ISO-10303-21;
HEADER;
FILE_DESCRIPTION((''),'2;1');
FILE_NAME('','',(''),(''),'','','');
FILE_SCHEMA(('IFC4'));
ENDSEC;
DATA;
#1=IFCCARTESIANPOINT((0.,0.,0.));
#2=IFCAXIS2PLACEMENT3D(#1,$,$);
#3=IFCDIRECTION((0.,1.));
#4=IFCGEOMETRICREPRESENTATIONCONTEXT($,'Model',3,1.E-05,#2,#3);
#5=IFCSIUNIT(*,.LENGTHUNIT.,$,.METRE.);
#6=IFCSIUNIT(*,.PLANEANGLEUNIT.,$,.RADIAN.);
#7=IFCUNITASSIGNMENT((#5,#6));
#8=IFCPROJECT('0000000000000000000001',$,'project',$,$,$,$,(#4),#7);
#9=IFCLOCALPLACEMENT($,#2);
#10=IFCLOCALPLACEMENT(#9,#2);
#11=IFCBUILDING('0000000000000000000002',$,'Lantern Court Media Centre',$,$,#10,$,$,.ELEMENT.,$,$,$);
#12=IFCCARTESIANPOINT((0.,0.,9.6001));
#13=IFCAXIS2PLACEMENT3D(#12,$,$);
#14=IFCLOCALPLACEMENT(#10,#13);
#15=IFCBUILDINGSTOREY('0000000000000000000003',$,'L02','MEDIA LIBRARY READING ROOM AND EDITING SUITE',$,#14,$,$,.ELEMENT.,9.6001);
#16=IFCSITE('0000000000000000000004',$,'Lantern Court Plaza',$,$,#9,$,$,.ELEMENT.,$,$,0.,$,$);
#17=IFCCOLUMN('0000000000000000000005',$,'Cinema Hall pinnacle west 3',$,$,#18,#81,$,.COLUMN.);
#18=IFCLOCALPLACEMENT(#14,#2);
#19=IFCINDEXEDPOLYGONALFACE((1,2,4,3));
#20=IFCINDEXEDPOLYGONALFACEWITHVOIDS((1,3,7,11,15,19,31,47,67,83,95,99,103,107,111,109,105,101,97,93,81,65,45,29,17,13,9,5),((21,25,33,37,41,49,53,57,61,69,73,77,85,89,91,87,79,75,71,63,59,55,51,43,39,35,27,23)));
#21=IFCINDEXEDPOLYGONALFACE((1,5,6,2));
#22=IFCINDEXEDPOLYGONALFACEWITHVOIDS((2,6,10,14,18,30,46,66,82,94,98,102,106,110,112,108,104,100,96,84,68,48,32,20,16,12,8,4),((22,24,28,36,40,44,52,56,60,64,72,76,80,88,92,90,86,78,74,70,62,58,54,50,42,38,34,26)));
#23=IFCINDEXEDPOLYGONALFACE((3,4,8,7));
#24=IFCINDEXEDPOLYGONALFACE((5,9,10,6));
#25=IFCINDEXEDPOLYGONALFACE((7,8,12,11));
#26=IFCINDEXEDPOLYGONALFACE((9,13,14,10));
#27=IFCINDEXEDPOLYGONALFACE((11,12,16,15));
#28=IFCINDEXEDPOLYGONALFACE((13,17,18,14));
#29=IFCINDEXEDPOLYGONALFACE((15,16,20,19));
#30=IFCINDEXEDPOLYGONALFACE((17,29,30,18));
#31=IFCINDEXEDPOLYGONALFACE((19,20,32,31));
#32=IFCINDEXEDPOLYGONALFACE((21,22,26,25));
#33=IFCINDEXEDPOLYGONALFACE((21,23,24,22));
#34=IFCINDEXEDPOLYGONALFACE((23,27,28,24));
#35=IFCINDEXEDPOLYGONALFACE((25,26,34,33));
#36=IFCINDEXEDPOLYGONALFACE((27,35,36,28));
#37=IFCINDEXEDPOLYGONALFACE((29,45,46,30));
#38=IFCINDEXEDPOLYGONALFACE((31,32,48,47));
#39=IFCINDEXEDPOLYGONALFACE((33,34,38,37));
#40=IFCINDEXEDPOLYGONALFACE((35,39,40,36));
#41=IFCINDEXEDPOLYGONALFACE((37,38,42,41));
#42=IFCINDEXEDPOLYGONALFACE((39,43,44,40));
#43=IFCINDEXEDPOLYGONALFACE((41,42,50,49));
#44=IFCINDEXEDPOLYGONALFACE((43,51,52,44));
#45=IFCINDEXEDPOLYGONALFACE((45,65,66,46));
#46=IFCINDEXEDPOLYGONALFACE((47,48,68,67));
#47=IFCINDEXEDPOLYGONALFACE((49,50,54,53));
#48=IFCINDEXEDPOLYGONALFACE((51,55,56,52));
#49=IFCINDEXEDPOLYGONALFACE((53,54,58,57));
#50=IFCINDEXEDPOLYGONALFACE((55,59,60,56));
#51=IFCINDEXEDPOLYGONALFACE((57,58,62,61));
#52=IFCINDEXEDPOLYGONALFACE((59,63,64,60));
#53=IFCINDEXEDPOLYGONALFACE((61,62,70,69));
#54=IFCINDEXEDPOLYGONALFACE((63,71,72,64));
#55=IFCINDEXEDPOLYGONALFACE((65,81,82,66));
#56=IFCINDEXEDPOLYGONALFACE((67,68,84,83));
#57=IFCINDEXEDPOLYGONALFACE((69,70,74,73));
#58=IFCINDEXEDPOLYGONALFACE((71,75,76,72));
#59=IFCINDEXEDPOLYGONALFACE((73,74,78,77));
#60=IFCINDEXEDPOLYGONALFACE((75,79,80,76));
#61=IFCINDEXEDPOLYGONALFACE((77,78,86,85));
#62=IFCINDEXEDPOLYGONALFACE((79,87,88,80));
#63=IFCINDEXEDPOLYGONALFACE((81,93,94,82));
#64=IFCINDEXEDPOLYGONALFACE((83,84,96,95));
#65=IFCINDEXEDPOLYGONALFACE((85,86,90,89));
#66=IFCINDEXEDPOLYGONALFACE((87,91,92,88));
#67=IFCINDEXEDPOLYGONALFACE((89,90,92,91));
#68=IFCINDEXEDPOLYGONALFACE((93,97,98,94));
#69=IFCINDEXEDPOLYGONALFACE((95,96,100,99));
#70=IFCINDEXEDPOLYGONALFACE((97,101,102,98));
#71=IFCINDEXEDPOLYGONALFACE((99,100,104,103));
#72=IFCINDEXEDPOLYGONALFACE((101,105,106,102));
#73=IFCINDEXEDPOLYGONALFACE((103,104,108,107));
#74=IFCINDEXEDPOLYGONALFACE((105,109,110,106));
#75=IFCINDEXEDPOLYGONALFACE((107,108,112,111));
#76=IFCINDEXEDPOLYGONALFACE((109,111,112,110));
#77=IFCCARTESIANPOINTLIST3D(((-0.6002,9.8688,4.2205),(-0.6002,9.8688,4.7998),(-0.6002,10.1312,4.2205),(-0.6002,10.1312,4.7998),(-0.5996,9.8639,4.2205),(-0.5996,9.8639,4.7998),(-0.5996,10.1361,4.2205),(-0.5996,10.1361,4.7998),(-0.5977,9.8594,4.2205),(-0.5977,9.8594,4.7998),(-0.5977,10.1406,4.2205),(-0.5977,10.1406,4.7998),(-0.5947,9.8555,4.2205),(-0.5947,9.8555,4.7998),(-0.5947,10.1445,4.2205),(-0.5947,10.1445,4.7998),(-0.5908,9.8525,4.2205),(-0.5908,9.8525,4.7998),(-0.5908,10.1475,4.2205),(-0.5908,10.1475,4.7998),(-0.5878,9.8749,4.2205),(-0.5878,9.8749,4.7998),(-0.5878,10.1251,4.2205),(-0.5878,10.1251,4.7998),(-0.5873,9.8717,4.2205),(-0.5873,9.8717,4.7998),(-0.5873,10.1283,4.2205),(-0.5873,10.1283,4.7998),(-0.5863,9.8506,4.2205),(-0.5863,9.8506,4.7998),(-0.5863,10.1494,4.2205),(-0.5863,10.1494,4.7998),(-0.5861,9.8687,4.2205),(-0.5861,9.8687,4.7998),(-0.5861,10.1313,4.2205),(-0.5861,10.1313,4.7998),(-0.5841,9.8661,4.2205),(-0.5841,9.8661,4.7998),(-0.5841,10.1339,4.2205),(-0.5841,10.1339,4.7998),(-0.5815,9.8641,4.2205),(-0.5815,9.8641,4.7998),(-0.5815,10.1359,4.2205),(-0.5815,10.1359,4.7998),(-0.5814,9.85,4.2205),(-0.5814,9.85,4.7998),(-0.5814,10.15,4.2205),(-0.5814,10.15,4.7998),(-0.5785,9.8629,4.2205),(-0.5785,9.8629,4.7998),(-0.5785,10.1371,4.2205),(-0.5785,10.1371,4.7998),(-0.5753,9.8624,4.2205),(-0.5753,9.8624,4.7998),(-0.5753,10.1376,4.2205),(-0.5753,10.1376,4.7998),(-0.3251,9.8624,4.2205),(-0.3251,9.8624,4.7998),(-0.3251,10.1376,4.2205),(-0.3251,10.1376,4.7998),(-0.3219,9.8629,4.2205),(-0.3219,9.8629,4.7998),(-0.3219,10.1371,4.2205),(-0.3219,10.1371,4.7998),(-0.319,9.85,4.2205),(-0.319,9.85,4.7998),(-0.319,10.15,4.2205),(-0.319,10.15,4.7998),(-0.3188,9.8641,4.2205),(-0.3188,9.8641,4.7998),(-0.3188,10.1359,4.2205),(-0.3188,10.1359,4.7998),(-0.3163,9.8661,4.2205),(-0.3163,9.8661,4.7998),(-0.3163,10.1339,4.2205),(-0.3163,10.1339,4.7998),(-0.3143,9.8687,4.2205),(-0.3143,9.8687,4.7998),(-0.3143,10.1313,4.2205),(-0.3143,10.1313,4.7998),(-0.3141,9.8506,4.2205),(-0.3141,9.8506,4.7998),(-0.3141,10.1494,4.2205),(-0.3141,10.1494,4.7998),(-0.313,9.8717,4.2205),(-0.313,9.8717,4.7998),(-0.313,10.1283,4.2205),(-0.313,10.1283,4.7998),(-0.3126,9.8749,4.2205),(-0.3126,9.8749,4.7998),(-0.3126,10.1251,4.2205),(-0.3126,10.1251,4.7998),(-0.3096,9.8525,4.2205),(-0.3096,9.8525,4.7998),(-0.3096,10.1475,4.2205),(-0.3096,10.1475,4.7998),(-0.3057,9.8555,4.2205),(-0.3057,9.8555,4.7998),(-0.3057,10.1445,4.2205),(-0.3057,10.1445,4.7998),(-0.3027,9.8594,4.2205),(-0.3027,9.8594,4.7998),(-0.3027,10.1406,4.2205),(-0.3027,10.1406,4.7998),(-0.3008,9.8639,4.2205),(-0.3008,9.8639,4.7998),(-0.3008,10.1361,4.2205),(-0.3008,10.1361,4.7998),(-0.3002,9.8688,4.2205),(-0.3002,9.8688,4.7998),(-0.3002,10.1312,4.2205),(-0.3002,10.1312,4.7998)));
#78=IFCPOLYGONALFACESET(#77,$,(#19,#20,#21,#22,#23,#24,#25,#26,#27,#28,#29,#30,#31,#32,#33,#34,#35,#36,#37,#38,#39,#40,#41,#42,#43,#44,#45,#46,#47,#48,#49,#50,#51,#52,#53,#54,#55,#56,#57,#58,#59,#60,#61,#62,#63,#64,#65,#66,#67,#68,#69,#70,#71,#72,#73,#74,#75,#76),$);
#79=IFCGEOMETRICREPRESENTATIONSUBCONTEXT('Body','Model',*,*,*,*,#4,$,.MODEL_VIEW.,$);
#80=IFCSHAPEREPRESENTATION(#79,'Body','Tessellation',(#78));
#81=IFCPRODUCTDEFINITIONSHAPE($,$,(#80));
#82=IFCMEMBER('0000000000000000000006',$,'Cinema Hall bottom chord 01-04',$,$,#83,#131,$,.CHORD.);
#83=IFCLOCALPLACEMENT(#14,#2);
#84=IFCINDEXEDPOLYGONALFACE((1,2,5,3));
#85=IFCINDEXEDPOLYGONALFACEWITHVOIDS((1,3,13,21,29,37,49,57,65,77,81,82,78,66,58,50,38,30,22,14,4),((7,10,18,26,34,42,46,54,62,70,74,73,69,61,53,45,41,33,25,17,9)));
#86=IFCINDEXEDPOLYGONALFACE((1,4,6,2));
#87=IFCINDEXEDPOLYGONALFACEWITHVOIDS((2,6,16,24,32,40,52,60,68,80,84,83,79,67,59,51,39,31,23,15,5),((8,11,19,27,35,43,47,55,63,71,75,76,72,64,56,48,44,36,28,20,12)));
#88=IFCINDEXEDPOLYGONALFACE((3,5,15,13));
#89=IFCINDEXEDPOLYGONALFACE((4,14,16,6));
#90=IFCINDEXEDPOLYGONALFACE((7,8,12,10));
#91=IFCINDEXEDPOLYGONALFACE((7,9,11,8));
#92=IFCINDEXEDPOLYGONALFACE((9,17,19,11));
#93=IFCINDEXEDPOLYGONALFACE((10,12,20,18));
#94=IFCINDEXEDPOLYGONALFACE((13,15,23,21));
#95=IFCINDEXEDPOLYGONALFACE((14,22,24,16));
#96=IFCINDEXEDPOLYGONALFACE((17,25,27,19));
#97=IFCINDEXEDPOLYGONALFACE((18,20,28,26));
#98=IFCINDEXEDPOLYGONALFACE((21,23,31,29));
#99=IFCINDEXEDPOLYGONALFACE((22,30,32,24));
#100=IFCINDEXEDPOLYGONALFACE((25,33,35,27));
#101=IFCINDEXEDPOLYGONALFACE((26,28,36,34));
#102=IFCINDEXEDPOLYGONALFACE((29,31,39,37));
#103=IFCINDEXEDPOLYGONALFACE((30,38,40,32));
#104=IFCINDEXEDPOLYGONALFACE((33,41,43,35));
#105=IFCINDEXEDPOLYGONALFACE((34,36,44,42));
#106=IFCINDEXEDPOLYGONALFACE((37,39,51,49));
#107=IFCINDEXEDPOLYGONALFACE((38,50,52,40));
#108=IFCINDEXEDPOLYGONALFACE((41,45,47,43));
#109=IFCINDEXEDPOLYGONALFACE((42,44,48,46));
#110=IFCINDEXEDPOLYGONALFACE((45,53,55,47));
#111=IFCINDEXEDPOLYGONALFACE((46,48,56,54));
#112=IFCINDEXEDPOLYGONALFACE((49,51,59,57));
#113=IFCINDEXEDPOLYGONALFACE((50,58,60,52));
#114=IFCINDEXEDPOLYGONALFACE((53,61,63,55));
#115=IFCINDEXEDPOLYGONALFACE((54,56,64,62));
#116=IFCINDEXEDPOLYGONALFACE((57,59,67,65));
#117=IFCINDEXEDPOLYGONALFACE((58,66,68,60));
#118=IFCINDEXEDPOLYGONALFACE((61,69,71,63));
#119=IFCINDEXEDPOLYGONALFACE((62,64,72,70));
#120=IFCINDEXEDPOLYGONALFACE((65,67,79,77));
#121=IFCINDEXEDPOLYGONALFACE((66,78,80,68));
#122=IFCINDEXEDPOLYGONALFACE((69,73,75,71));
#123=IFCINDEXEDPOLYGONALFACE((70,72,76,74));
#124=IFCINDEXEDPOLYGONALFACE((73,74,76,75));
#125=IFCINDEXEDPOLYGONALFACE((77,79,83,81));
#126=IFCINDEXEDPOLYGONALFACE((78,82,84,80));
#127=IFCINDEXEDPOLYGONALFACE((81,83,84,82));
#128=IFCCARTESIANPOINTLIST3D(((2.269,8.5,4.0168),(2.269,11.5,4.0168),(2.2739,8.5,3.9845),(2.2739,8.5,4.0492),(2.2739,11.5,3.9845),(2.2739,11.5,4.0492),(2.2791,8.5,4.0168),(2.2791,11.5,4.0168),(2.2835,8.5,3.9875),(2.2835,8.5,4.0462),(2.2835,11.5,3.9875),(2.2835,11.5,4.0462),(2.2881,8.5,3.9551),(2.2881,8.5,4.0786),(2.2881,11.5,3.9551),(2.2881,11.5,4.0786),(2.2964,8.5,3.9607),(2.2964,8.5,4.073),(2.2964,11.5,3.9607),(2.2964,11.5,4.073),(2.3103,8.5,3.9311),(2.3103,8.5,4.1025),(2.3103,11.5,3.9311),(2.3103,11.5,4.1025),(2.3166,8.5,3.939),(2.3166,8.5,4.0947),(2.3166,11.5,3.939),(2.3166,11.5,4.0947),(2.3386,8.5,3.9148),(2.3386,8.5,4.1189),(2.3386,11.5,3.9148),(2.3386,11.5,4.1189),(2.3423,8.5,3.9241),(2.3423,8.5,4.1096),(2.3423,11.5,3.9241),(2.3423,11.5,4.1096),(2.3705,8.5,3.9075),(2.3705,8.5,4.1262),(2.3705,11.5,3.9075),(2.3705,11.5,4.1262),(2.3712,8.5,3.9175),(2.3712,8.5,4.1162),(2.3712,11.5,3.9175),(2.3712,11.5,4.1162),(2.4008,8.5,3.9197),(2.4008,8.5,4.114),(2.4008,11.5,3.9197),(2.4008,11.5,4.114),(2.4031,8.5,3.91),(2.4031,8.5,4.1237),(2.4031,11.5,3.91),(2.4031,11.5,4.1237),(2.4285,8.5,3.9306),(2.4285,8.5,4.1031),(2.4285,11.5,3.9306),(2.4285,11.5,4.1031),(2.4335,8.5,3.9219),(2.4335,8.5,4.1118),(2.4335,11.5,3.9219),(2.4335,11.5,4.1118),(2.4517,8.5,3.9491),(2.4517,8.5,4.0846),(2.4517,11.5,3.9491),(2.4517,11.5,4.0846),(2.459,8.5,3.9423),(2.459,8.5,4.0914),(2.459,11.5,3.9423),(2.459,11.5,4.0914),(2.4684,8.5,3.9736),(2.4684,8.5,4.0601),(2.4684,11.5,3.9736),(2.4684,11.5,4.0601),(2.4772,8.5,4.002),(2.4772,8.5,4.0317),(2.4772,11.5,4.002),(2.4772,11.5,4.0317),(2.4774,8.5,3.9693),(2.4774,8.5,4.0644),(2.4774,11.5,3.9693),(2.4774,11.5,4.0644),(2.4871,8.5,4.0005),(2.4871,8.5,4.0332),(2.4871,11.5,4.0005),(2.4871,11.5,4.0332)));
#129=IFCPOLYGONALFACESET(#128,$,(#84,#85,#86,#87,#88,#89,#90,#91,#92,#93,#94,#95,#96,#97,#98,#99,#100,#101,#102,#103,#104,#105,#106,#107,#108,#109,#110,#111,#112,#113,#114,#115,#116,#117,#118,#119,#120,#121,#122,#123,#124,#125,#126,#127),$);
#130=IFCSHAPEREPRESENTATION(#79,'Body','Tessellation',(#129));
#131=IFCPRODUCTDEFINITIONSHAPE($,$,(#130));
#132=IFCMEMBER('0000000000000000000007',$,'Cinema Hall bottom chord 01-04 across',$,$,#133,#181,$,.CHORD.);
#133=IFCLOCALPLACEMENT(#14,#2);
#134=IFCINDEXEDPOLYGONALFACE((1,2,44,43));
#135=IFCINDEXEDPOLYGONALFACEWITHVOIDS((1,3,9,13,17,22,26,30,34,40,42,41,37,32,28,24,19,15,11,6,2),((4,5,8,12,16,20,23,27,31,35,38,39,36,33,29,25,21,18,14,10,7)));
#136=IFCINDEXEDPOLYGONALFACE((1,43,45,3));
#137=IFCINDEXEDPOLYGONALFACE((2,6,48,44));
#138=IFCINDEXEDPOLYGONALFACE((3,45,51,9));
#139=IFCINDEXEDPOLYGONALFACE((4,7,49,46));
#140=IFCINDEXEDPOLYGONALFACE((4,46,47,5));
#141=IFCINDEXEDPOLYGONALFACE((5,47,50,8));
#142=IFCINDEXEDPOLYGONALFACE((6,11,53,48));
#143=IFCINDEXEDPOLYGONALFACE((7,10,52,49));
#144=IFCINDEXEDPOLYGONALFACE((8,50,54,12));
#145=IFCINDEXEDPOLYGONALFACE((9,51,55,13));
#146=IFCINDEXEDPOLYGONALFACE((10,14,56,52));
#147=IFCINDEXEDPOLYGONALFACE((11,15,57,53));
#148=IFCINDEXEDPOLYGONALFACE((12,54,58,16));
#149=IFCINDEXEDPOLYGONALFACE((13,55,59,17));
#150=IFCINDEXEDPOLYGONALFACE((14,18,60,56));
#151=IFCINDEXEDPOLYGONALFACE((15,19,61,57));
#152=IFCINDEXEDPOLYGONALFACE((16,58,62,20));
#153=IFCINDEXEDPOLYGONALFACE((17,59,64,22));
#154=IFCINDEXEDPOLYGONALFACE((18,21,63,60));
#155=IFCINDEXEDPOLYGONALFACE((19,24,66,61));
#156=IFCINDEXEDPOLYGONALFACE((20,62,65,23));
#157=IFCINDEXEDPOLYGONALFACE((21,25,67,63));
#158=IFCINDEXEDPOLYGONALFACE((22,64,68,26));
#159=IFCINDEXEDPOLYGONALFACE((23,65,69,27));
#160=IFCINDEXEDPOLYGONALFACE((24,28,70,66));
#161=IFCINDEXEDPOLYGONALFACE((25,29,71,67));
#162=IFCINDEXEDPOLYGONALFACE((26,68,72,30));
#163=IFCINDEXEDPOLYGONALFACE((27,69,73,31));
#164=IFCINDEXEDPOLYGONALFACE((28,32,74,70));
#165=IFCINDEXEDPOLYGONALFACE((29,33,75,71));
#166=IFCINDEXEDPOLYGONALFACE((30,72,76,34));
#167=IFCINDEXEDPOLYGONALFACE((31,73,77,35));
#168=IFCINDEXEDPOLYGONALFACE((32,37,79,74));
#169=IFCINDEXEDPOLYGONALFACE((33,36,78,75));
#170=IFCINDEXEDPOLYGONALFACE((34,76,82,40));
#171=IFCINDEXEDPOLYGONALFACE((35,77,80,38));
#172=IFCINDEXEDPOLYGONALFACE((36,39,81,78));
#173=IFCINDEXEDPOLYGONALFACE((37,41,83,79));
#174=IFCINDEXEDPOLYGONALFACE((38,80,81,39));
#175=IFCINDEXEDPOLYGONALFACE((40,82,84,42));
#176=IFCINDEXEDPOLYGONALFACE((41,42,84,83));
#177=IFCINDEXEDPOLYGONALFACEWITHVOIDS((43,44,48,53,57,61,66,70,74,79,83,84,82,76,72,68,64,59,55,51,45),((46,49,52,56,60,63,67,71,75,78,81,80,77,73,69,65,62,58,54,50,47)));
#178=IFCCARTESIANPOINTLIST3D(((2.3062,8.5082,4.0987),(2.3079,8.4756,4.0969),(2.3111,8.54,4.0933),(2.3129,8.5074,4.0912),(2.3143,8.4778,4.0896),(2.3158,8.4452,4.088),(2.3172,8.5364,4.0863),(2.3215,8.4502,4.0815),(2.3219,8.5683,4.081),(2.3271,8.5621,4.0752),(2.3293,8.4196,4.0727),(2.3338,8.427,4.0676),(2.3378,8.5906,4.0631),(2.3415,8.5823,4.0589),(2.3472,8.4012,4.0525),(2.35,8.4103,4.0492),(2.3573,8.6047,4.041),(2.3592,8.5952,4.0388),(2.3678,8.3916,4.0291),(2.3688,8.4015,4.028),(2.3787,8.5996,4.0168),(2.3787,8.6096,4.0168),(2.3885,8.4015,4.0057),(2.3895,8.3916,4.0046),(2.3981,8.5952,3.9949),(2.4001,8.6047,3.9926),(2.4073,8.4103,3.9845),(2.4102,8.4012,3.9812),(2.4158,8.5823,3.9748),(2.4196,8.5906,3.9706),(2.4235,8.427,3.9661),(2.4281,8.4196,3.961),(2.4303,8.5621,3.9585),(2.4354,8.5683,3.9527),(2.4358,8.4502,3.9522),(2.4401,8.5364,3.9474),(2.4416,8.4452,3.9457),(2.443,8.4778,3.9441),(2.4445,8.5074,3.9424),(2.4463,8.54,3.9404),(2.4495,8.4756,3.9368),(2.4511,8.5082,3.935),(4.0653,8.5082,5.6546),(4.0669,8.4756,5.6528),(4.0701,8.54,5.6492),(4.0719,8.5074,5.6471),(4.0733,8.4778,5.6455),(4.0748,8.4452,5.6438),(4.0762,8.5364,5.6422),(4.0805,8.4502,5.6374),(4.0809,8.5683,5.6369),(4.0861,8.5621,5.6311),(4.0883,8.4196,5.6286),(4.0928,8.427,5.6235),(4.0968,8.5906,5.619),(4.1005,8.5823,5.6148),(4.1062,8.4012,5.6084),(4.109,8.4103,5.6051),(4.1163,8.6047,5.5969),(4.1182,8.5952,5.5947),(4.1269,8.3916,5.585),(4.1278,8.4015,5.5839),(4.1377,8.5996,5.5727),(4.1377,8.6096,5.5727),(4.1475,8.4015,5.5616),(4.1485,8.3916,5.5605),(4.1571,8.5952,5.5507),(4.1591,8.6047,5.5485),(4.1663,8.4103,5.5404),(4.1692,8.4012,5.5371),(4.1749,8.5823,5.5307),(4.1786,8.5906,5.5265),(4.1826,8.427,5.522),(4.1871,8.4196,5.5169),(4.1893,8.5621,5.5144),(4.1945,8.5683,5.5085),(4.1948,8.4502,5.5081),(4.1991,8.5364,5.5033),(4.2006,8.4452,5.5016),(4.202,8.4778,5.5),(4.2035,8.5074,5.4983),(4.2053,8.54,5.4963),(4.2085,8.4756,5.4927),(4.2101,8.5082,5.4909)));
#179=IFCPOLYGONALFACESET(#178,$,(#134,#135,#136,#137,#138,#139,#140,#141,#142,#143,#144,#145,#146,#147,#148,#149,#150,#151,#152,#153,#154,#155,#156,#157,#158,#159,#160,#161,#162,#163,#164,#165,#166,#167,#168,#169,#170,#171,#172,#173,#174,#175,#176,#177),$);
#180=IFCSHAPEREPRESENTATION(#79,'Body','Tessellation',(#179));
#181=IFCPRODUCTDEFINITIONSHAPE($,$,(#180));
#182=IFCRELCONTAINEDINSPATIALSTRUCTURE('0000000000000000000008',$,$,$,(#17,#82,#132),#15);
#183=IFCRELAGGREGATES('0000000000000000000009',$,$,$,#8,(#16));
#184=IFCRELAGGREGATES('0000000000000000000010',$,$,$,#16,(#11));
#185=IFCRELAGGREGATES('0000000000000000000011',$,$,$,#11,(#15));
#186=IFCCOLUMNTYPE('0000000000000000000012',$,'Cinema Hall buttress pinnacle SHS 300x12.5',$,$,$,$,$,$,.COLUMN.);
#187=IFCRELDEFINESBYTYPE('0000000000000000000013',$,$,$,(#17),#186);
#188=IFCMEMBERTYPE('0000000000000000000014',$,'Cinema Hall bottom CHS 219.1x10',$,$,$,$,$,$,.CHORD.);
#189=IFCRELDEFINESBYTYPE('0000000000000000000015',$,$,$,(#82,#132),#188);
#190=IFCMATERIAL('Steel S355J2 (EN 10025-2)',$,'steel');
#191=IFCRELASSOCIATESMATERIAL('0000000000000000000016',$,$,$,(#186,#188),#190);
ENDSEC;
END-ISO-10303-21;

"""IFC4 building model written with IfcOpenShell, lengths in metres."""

from ifc_helpers import new_model, si_unit, direction, frame, origin, origin_2d, place, context, subcontext, project, spatial, hollow_rectangle, hollow_circle, extrude, material, material_profile, profile_set, type_object, element, save


model = new_model("IFC4")

# Units and contexts
model_context = context("Model", 3, precision=1e-05, world=origin(), true_north=direction((0.0, 1.0)))
body_context = subcontext(model_context, "Body", "Model", "MODEL_VIEW")
ifc_project = project(units=[si_unit("LENGTHUNIT", "METRE"), si_unit("PLANEANGLEUNIT", "RADIAN")], contexts=[model_context])

# Site, building, storey
site_placement = place(None, origin())
site = spatial("IfcSite", under=ifc_project, at=site_placement, Name="Lantern Court Plaza", CompositionType="ELEMENT", RefElevation=0.0)
building_placement = place(site_placement, origin())
building = spatial("IfcBuilding", under=site, at=building_placement, Name="Lantern Court Media Centre", CompositionType="ELEMENT")
storey_placement = place(building_placement, frame((0.0, 0.0, 9.6001)))
storey = spatial("IfcBuildingStorey", under=building, at=storey_placement, Name="L02", Description="MEDIA LIBRARY READING ROOM AND EDITING SUITE", CompositionType="ELEMENT", Elevation=9.6001)

# Column
ifc_material = material(Name="Steel S355J2 (EN 10025-2)", Category="steel")
ifc_material_profile_1 = material_profile(ifc_material, hollow_rectangle(XDim=0.3, YDim=0.3, WallThickness=0.0125, InnerFilletRadius=0.0125, OuterFilletRadius=0.0188, at=origin_2d()), Name="Cinema Hall buttress pinnacle SHS 300x12.5")
ifc_profile_set_1 = profile_set([ifc_material_profile_1], Name="Steel S355J2 (EN 10025-2)")
column_type = type_object("IfcColumnType", Name="Cinema Hall buttress pinnacle SHS 300x12.5", PredefinedType="COLUMN", material=ifc_profile_set_1)
column_placement = place(storey_placement, frame((-0.4502, 10.0, 4.2205), z_axis=(0.0, 0.0, 1.0), x_axis=(1.0, 0.0, 0.0)))
element("IfcColumn", 1, at=column_placement, inside=storey, type_object=column_type, Name="Cinema Hall pinnacle west 3", PredefinedType="COLUMN", context=body_context, shape_type="SweptSolid", body=[
    extrude(hollow_rectangle(XDim=0.3, YDim=0.3, WallThickness=0.0125, InnerFilletRadius=0.0125, OuterFilletRadius=0.0188, at=origin_2d()), origin(), (0.0, 0.0, 1.0), 0.5793),
])

# Members
ifc_material_profile_2 = material_profile(ifc_material, hollow_circle(Radius=0.1096, WallThickness=0.01, at=origin_2d()), Name="Cinema Hall bottom CHS 219.1x10")
ifc_profile_set_2 = profile_set([ifc_material_profile_2], Name="Steel S355J2 (EN 10025-2)")
member_type_1 = type_object("IfcMemberType", Name="Cinema Hall bottom CHS 219.1x10", PredefinedType="CHORD", material=ifc_profile_set_2)
member_1_placement = place(storey_placement, frame((2.3787, 8.5, 4.0168), z_axis=(0.0, 1.0, 0.0), x_axis=(-1.0, 0.0, 0.0)))
element("IfcMember", 2, at=member_1_placement, inside=storey, type_object=member_type_1, Name="Cinema Hall bottom chord 01-04", PredefinedType="CHORD", context=body_context, shape_type="SweptSolid", body=[
    extrude(hollow_circle(Radius=0.1096, WallThickness=0.01, at=origin_2d()), origin(), (0.0, 0.0, 1.0), 3.0),
])
member_2_placement = place(storey_placement, frame((2.3787, 8.5, 4.0168), z_axis=(0.74903, 0.0, 0.662536), x_axis=(0.0, 1.0, 0.0)))
element("IfcMember", 3, at=member_2_placement, inside=storey, type_object=member_type_1, Name="Cinema Hall bottom chord 01-04 across", PredefinedType="CHORD", context=body_context, shape_type="SweptSolid", body=[
    extrude(hollow_circle(Radius=0.1096, WallThickness=0.01, at=origin_2d()), origin(), (0.0, 0.0, 1.0), 2.3484),
])

save(model, "model.ifc")
